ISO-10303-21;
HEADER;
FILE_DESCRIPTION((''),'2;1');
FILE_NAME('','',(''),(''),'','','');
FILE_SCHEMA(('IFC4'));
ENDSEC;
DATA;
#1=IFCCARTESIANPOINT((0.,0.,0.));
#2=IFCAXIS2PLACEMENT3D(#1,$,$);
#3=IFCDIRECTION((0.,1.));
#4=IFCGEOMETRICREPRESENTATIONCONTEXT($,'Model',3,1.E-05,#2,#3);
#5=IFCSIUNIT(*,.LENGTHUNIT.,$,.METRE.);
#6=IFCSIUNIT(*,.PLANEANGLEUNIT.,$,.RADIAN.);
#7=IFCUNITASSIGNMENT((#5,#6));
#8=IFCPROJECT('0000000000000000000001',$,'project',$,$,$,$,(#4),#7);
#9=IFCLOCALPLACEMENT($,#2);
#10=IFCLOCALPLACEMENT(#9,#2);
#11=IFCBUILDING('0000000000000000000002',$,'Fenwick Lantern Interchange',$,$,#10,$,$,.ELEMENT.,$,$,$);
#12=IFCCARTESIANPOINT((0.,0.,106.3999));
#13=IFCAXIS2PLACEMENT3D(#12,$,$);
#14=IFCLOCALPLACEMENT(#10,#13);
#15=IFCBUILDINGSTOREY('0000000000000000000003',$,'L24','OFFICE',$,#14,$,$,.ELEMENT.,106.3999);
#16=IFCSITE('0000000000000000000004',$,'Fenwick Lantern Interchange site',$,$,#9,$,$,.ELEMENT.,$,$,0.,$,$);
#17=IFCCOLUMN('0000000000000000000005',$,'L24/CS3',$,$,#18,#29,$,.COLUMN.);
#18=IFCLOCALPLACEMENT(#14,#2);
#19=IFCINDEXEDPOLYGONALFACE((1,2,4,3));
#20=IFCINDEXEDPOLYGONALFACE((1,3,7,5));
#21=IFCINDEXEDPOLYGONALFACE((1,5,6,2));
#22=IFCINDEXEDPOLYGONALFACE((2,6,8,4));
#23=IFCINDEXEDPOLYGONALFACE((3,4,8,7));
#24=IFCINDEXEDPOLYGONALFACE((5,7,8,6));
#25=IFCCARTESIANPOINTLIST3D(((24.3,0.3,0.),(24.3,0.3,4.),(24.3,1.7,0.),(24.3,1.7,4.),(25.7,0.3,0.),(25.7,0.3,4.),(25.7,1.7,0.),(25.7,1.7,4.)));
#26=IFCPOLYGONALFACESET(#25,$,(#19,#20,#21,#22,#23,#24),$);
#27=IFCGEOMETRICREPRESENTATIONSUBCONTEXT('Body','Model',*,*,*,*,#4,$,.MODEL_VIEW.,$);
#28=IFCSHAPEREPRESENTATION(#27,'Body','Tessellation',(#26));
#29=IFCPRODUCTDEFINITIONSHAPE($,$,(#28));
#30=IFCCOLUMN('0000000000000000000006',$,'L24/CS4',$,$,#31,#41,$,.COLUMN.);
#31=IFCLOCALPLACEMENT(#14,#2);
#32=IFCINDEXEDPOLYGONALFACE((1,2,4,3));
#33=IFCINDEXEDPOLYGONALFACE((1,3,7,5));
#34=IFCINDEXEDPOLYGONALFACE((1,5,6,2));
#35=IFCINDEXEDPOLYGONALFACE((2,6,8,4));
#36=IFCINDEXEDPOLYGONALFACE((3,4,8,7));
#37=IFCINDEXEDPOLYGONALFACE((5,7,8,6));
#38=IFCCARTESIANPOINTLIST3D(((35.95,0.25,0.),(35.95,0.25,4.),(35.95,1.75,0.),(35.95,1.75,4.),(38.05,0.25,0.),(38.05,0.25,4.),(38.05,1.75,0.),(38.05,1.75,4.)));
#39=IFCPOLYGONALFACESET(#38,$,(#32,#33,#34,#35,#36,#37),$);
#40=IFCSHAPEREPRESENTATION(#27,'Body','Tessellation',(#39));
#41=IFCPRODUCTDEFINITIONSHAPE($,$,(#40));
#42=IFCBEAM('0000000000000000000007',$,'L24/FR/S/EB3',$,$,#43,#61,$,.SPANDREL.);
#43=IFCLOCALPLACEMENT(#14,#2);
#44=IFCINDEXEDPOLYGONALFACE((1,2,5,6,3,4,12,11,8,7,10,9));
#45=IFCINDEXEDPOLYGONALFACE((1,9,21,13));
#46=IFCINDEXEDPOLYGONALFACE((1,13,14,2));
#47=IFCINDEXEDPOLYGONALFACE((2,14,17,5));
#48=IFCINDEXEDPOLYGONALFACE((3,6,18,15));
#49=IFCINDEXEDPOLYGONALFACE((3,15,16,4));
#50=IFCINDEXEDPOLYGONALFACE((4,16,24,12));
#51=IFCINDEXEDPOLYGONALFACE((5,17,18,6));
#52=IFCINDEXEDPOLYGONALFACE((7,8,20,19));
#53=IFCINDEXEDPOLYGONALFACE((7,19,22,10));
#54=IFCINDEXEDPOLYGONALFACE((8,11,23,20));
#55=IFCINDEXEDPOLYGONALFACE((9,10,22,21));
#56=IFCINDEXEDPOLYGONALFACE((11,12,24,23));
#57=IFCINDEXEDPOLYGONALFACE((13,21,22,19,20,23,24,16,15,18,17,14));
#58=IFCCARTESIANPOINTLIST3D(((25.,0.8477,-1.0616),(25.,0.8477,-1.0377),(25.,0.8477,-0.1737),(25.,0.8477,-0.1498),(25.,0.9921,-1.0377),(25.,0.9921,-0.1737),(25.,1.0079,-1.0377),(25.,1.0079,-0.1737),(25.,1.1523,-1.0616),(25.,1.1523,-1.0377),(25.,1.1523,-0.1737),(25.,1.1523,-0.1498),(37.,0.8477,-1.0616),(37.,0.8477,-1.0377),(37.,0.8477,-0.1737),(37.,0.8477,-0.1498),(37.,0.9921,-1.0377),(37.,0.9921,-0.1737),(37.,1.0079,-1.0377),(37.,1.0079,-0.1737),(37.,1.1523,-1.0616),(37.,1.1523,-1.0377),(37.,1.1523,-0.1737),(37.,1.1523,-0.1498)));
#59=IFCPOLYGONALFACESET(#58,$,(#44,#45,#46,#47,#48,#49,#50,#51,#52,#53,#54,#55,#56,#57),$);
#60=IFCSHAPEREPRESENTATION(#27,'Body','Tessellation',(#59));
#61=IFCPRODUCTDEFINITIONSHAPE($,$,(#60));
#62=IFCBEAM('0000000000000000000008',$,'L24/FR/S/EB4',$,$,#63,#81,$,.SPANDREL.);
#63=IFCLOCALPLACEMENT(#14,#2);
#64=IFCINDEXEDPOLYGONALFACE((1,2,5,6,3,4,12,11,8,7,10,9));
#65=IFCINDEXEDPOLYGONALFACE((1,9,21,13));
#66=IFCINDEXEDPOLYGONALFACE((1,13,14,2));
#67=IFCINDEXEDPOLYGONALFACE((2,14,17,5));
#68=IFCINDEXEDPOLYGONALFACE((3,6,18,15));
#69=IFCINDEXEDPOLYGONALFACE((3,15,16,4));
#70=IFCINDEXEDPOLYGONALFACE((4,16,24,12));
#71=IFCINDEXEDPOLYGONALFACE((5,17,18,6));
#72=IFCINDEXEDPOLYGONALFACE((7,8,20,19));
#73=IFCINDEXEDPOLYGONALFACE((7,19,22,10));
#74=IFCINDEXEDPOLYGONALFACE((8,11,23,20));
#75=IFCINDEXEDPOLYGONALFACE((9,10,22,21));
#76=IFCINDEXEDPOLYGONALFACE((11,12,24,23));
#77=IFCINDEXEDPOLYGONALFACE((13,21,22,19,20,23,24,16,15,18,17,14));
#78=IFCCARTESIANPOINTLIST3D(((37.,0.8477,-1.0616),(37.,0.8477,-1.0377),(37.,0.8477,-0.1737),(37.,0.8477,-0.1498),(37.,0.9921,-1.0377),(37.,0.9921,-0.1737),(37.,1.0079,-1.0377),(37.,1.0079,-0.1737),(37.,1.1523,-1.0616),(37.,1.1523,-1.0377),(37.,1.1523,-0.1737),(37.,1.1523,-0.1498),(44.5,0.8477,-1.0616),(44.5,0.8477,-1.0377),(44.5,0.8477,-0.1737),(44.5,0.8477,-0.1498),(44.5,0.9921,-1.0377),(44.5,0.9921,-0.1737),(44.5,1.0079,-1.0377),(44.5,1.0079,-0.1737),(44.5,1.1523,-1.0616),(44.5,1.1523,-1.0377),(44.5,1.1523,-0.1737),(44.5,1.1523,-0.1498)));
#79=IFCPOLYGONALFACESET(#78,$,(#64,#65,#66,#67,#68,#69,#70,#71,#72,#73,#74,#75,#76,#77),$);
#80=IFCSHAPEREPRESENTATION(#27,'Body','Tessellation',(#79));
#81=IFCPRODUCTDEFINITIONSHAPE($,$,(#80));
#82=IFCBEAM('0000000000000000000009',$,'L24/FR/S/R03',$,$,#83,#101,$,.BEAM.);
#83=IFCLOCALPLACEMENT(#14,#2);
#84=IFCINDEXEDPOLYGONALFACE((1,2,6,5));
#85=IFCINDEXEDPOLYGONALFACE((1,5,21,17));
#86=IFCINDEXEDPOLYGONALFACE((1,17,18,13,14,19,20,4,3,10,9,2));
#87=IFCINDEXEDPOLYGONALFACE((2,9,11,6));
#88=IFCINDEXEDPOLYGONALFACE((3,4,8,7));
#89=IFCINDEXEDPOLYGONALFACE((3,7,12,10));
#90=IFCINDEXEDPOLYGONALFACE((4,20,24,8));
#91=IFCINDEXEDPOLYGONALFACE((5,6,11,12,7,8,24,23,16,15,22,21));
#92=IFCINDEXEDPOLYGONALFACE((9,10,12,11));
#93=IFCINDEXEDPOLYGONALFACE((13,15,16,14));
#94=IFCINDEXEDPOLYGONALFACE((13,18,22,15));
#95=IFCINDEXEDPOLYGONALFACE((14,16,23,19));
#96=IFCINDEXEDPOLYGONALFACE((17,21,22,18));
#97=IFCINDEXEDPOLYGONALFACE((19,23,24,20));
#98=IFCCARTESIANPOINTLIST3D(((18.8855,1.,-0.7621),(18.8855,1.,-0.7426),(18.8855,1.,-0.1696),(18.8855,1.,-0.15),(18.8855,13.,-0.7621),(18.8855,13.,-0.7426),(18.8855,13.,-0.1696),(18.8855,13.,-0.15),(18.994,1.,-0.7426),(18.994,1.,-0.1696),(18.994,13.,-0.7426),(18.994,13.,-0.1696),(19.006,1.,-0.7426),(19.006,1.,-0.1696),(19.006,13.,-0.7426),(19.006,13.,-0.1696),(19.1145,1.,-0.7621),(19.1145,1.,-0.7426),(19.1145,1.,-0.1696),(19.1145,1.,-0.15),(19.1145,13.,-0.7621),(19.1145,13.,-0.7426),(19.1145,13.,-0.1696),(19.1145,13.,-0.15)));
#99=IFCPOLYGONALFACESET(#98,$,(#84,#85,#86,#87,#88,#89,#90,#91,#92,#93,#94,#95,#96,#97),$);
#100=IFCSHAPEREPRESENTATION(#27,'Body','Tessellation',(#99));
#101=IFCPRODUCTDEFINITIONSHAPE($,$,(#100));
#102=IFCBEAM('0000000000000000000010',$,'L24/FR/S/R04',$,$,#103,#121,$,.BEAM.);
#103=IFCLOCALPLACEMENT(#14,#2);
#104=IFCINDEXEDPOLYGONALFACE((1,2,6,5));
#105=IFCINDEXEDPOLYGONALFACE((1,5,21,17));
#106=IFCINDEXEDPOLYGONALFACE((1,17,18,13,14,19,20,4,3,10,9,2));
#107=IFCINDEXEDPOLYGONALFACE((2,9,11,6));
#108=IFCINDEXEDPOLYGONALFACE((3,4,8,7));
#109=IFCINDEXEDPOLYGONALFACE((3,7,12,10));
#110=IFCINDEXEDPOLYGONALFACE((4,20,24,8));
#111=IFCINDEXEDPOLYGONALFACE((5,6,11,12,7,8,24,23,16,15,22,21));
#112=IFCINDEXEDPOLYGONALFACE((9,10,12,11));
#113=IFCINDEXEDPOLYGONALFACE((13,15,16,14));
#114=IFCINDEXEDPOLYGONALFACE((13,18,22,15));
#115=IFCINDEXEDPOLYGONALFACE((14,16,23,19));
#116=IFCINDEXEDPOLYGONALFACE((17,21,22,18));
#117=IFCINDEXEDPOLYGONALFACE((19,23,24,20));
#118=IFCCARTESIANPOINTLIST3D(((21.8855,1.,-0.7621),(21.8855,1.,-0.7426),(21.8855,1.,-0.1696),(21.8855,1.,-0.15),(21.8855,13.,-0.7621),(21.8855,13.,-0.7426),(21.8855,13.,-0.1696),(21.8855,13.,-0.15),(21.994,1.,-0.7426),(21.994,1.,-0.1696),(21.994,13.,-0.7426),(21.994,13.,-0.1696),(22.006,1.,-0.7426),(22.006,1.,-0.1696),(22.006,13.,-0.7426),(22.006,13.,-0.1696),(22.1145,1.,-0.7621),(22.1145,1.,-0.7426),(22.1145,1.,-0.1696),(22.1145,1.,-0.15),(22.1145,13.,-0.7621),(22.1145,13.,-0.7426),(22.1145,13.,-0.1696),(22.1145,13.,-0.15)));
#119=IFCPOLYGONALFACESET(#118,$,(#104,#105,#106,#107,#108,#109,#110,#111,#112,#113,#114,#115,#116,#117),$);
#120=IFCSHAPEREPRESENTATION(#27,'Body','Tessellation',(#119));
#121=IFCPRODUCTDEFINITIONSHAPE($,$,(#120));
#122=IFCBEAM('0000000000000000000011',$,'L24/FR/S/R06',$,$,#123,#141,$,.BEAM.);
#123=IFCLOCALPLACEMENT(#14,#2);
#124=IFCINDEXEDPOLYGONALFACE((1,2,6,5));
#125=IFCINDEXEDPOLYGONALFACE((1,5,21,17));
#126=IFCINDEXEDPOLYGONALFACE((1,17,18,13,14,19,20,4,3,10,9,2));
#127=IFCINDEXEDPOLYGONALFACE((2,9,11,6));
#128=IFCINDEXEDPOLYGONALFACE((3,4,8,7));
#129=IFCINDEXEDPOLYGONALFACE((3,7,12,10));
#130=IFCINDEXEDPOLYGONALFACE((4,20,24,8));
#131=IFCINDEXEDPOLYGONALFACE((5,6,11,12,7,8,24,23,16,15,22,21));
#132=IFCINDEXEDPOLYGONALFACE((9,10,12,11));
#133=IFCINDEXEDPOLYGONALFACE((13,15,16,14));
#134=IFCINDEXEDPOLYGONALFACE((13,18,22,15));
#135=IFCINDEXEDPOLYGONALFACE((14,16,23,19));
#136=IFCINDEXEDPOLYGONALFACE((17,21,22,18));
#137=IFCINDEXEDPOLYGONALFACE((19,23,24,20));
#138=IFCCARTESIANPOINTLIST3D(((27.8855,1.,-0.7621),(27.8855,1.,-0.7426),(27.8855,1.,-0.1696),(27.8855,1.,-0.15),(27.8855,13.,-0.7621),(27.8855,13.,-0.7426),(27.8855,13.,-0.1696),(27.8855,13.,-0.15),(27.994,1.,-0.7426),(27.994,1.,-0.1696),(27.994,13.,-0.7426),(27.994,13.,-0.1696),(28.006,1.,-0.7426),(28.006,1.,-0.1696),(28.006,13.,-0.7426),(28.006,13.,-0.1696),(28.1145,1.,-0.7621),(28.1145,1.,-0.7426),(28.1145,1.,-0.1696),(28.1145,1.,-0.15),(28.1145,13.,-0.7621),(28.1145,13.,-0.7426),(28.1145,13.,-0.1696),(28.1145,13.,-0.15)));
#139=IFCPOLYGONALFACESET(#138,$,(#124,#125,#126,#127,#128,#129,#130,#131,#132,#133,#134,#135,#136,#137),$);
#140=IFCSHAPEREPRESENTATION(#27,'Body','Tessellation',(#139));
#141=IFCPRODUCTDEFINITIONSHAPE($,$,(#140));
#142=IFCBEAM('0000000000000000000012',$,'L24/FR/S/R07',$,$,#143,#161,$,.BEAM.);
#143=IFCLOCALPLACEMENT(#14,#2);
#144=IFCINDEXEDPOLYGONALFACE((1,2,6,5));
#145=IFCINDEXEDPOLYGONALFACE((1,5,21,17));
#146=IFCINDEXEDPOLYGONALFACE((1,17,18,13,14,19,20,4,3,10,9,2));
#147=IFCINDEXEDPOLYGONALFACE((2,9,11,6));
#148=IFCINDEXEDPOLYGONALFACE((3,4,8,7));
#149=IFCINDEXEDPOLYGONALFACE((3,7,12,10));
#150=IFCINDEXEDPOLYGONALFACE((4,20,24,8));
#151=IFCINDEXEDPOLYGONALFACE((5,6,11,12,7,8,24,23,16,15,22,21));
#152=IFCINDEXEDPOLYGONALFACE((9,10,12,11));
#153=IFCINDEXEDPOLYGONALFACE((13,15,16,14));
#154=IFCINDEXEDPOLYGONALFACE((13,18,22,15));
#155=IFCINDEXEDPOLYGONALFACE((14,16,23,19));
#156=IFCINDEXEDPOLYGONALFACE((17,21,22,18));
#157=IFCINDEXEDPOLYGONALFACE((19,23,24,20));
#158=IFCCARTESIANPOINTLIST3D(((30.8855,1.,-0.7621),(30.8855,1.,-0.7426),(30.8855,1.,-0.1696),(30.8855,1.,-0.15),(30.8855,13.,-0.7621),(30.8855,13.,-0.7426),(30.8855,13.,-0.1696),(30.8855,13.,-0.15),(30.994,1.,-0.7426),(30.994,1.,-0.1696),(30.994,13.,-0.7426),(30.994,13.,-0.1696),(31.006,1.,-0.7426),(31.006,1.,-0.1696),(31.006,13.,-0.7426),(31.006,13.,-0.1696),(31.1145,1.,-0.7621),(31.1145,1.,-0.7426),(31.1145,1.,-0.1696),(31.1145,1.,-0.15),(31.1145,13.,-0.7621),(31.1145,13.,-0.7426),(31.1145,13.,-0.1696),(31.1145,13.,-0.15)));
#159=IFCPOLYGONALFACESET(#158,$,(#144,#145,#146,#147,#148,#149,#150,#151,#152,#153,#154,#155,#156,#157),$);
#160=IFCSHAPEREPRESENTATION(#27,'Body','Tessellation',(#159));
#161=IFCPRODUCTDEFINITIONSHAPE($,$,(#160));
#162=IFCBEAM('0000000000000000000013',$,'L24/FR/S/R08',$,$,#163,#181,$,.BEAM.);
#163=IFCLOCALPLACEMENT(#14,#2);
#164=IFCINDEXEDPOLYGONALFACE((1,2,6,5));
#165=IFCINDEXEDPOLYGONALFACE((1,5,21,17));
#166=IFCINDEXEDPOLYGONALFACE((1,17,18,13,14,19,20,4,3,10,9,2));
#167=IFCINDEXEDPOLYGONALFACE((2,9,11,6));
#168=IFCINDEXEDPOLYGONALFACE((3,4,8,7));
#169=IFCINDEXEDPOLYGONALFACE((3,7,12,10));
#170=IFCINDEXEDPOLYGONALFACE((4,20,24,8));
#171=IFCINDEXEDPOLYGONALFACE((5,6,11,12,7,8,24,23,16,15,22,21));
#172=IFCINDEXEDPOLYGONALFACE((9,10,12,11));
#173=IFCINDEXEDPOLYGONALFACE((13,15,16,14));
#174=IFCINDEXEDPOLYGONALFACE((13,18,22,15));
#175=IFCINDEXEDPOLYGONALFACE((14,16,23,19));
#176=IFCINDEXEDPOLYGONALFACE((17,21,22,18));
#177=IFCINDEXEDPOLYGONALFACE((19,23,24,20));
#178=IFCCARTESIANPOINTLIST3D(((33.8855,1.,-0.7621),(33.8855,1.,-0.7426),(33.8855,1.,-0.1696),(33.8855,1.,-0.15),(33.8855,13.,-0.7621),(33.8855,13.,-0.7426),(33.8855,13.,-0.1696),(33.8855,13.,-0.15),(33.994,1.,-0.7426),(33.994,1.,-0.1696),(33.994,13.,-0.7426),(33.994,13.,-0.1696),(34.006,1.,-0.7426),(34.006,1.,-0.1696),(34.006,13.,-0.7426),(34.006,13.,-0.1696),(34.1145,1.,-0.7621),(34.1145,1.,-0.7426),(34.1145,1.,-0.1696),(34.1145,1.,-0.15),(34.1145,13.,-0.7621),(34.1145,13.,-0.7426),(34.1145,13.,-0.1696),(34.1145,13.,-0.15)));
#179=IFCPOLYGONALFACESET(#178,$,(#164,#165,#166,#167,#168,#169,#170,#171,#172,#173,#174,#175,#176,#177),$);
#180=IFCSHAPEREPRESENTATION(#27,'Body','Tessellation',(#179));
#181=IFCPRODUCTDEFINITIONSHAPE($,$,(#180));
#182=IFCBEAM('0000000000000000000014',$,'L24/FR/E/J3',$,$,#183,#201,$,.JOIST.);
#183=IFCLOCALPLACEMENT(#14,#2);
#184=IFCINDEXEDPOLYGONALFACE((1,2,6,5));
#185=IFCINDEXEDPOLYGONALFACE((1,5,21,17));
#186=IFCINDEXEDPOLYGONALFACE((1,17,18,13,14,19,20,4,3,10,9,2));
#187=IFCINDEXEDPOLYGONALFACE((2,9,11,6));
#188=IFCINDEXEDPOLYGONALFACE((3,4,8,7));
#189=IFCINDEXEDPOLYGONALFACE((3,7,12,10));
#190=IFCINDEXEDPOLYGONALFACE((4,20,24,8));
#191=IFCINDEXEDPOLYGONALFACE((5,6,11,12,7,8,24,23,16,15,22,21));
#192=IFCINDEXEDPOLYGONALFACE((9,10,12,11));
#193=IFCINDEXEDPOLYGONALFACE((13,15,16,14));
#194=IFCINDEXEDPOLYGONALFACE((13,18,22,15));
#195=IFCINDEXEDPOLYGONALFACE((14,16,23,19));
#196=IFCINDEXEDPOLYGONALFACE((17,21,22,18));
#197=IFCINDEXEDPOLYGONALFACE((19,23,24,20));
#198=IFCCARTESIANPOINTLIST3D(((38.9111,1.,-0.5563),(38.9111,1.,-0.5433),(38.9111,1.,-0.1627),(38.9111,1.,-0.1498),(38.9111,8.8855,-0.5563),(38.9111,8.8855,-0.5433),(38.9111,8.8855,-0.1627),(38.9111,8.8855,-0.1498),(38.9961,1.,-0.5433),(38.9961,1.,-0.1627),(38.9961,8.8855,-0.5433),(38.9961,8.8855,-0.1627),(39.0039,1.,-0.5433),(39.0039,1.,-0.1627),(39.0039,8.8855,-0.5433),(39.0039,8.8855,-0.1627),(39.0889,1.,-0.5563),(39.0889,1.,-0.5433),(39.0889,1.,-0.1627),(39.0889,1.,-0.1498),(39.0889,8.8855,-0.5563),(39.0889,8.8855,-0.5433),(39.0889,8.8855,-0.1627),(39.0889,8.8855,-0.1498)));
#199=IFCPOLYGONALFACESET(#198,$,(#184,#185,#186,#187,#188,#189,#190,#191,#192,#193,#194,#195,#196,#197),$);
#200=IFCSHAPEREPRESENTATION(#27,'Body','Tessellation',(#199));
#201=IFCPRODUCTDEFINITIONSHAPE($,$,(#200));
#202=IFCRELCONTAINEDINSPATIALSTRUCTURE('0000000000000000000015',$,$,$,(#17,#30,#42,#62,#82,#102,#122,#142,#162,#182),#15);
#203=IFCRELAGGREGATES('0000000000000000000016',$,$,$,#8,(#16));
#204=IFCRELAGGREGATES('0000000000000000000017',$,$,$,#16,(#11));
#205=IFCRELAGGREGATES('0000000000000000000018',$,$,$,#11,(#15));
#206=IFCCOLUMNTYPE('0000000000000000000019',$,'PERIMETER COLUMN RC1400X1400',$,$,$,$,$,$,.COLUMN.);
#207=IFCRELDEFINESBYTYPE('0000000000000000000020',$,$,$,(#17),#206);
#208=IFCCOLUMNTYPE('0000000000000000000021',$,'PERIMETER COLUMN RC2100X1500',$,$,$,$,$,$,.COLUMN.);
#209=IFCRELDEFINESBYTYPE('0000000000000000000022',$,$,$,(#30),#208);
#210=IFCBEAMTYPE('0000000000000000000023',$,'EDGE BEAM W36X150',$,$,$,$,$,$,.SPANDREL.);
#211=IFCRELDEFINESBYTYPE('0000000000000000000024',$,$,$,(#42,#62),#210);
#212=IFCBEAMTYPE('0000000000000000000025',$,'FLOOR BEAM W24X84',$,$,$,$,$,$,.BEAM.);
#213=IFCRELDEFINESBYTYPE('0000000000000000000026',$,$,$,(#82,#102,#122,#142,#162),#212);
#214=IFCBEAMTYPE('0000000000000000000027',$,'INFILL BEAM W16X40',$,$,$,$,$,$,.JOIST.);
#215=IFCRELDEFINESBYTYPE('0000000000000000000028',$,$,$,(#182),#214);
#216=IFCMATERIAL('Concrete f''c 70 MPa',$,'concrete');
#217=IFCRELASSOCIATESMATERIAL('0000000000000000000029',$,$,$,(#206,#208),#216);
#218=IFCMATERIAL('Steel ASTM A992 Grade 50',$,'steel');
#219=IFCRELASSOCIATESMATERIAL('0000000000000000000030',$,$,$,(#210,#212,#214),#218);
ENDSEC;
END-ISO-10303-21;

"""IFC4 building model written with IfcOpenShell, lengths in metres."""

from ifc_helpers import new_model, si_unit, direction, frame, origin, origin_2d, place, context, subcontext, project, spatial, rectangle, i_section, extrude, material, material_profile, profile_set, type_object, element, save


model = new_model("IFC4")

# Units and contexts
model_context = context("Model", 3, precision=1e-05, world=origin(), true_north=direction((0.0, 1.0)))
body_context = subcontext(model_context, "Body", "Model", "MODEL_VIEW")
ifc_project = project(units=[si_unit("LENGTHUNIT", "METRE"), si_unit("PLANEANGLEUNIT", "RADIAN")], contexts=[model_context])

# Site, building, storey
site_placement = place(None, origin())
site = spatial("IfcSite", under=ifc_project, at=site_placement, Name="Fenwick Lantern Interchange site", CompositionType="ELEMENT", RefElevation=0.0)
building_placement = place(site_placement, origin())
building = spatial("IfcBuilding", under=site, at=building_placement, Name="Fenwick Lantern Interchange", CompositionType="ELEMENT")
storey_placement = place(building_placement, frame((0.0, 0.0, 106.3999)))
storey = spatial("IfcBuildingStorey", under=building, at=storey_placement, Name="L24", Description="OFFICE", CompositionType="ELEMENT", Elevation=106.3999)

# Columns
ifc_material_1 = material(Name="Concrete f'c 70 MPa", Category="concrete")
ifc_material_profile_1 = material_profile(ifc_material_1, rectangle(XDim=1.3999, YDim=1.3999, at=origin_2d()), Name="RC1400X1400")
ifc_profile_set_1 = profile_set([ifc_material_profile_1], Name="Concrete f'c 70 MPa")
column_type_1 = type_object("IfcColumnType", Name="PERIMETER COLUMN RC1400X1400", PredefinedType="COLUMN", material=ifc_profile_set_1)
column_1_placement = place(storey_placement, frame((25.0, 1.0, 0.0), z_axis=(0.0, 0.0, 1.0), x_axis=(1.0, 0.0, 0.0)))
element("IfcColumn", 1, at=column_1_placement, inside=storey, type_object=column_type_1, Name="L24/CS3", PredefinedType="COLUMN", context=body_context, shape_type="SweptSolid", body=[
    extrude(rectangle(XDim=1.3999, YDim=1.3999, at=origin_2d()), origin(), (0.0, 0.0, 1.0), 4.0),
])
ifc_material_profile_2 = material_profile(ifc_material_1, rectangle(XDim=2.1001, YDim=1.5, at=origin_2d()), Name="RC2100X1500")
ifc_profile_set_2 = profile_set([ifc_material_profile_2], Name="Concrete f'c 70 MPa")
column_type_2 = type_object("IfcColumnType", Name="PERIMETER COLUMN RC2100X1500", PredefinedType="COLUMN", material=ifc_profile_set_2)
column_2_placement = place(storey_placement, frame((37.0, 1.0, 0.0), z_axis=(0.0, 0.0, 1.0), x_axis=(1.0, 0.0, 0.0)))
element("IfcColumn", 2, at=column_2_placement, inside=storey, type_object=column_type_2, Name="L24/CS4", PredefinedType="COLUMN", context=body_context, shape_type="SweptSolid", body=[
    extrude(rectangle(XDim=2.1001, YDim=1.5, at=origin_2d()), origin(), (0.0, 0.0, 1.0), 4.0),
])

# Beams
ifc_material_2 = material(Name="Steel ASTM A992 Grade 50", Category="steel")
ifc_material_profile_3 = material_profile(ifc_material_2, i_section(OverallWidth=0.3047, OverallDepth=0.9119, WebThickness=0.0159, FlangeThickness=0.0239, at=origin_2d()), Name="W36X150")
ifc_profile_set_3 = profile_set([ifc_material_profile_3], Name="Steel ASTM A992 Grade 50")
beam_type_1 = type_object("IfcBeamType", Name="EDGE BEAM W36X150", PredefinedType="SPANDREL", material=ifc_profile_set_3)
beam_1_placement = place(storey_placement, frame((25.0, 1.0, -0.6057), z_axis=(1.0, 0.0, 0.0), x_axis=(0.0, 1.0, 0.0)))
element("IfcBeam", 3, at=beam_1_placement, inside=storey, type_object=beam_type_1, Name="L24/FR/S/EB3", PredefinedType="SPANDREL", context=body_context, shape_type="SweptSolid", body=[
    extrude(i_section(OverallWidth=0.3047, OverallDepth=0.9119, WebThickness=0.0159, FlangeThickness=0.0239, at=origin_2d()), origin(), (0.0, 0.0, 1.0), 12.0),
])
beam_2_placement = place(storey_placement, frame((37.0, 1.0, -0.6057), z_axis=(1.0, 0.0, 0.0), x_axis=(0.0, 1.0, 0.0)))
element("IfcBeam", 4, at=beam_2_placement, inside=storey, type_object=beam_type_1, Name="L24/FR/S/EB4", PredefinedType="SPANDREL", context=body_context, shape_type="SweptSolid", body=[
    extrude(i_section(OverallWidth=0.3047, OverallDepth=0.9119, WebThickness=0.0159, FlangeThickness=0.0239, at=origin_2d()), origin(), (0.0, 0.0, 1.0), 7.5),
])
ifc_material_profile_4 = material_profile(ifc_material_2, i_section(OverallWidth=0.229, OverallDepth=0.6121, WebThickness=0.012, FlangeThickness=0.0195, at=origin_2d()), Name="W24X84")
ifc_profile_set_4 = profile_set([ifc_material_profile_4], Name="Steel ASTM A992 Grade 50")
beam_type_2 = type_object("IfcBeamType", Name="FLOOR BEAM W24X84", PredefinedType="BEAM", material=ifc_profile_set_4)
for number, where, z_axis, x_axis, name in (
    (5, (19.0, 1.0, -0.4561), (0.0, 1.0, 0.0), (-1.0, 0.0, 0.0), "L24/FR/S/R03"),
    (6, (22.0, 1.0, -0.4561), (0.0, 1.0, 0.0), (-1.0, 0.0, 0.0), "L24/FR/S/R04"),
    (7, (28.0, 1.0, -0.4561), (0.0, 1.0, 0.0), (-1.0, 0.0, 0.0), "L24/FR/S/R06"),
    (8, (31.0, 1.0, -0.4561), (0.0, 1.0, 0.0), (-1.0, 0.0, 0.0), "L24/FR/S/R07"),
    (9, (34.0, 1.0, -0.4561), (0.0, 1.0, 0.0), (-1.0, 0.0, 0.0), "L24/FR/S/R08"),
):
    element("IfcBeam", number, at=place(storey_placement, frame(where, z_axis=z_axis, x_axis=x_axis)), inside=storey, type_object=beam_type_2, Name=name, PredefinedType="BEAM", context=body_context, shape_type="SweptSolid", body=[
        extrude(i_section(OverallWidth=0.229, OverallDepth=0.6121, WebThickness=0.012, FlangeThickness=0.0195, at=origin_2d()), origin(), (0.0, 0.0, 1.0), 12.0),
    ])
ifc_material_profile_5 = material_profile(ifc_material_2, i_section(OverallWidth=0.1777, OverallDepth=0.4065, WebThickness=0.0078, FlangeThickness=0.0129, at=origin_2d()), Name="W16X40")
ifc_profile_set_5 = profile_set([ifc_material_profile_5], Name="Steel ASTM A992 Grade 50")
beam_type_3 = type_object("IfcBeamType", Name="INFILL BEAM W16X40", PredefinedType="JOIST", material=ifc_profile_set_5)
beam_3_placement = place(storey_placement, frame((39.0, 1.0, -0.353), z_axis=(0.0, 1.0, 0.0), x_axis=(-1.0, 0.0, 0.0)))
element("IfcBeam", 10, at=beam_3_placement, inside=storey, type_object=beam_type_3, Name="L24/FR/E/J3", PredefinedType="JOIST", context=body_context, shape_type="SweptSolid", body=[
    extrude(i_section(OverallWidth=0.1777, OverallDepth=0.4065, WebThickness=0.0078, FlangeThickness=0.0129, at=origin_2d()), origin(), (0.0, 0.0, 1.0), 7.8855),
])

save(model, "model.ifc")
